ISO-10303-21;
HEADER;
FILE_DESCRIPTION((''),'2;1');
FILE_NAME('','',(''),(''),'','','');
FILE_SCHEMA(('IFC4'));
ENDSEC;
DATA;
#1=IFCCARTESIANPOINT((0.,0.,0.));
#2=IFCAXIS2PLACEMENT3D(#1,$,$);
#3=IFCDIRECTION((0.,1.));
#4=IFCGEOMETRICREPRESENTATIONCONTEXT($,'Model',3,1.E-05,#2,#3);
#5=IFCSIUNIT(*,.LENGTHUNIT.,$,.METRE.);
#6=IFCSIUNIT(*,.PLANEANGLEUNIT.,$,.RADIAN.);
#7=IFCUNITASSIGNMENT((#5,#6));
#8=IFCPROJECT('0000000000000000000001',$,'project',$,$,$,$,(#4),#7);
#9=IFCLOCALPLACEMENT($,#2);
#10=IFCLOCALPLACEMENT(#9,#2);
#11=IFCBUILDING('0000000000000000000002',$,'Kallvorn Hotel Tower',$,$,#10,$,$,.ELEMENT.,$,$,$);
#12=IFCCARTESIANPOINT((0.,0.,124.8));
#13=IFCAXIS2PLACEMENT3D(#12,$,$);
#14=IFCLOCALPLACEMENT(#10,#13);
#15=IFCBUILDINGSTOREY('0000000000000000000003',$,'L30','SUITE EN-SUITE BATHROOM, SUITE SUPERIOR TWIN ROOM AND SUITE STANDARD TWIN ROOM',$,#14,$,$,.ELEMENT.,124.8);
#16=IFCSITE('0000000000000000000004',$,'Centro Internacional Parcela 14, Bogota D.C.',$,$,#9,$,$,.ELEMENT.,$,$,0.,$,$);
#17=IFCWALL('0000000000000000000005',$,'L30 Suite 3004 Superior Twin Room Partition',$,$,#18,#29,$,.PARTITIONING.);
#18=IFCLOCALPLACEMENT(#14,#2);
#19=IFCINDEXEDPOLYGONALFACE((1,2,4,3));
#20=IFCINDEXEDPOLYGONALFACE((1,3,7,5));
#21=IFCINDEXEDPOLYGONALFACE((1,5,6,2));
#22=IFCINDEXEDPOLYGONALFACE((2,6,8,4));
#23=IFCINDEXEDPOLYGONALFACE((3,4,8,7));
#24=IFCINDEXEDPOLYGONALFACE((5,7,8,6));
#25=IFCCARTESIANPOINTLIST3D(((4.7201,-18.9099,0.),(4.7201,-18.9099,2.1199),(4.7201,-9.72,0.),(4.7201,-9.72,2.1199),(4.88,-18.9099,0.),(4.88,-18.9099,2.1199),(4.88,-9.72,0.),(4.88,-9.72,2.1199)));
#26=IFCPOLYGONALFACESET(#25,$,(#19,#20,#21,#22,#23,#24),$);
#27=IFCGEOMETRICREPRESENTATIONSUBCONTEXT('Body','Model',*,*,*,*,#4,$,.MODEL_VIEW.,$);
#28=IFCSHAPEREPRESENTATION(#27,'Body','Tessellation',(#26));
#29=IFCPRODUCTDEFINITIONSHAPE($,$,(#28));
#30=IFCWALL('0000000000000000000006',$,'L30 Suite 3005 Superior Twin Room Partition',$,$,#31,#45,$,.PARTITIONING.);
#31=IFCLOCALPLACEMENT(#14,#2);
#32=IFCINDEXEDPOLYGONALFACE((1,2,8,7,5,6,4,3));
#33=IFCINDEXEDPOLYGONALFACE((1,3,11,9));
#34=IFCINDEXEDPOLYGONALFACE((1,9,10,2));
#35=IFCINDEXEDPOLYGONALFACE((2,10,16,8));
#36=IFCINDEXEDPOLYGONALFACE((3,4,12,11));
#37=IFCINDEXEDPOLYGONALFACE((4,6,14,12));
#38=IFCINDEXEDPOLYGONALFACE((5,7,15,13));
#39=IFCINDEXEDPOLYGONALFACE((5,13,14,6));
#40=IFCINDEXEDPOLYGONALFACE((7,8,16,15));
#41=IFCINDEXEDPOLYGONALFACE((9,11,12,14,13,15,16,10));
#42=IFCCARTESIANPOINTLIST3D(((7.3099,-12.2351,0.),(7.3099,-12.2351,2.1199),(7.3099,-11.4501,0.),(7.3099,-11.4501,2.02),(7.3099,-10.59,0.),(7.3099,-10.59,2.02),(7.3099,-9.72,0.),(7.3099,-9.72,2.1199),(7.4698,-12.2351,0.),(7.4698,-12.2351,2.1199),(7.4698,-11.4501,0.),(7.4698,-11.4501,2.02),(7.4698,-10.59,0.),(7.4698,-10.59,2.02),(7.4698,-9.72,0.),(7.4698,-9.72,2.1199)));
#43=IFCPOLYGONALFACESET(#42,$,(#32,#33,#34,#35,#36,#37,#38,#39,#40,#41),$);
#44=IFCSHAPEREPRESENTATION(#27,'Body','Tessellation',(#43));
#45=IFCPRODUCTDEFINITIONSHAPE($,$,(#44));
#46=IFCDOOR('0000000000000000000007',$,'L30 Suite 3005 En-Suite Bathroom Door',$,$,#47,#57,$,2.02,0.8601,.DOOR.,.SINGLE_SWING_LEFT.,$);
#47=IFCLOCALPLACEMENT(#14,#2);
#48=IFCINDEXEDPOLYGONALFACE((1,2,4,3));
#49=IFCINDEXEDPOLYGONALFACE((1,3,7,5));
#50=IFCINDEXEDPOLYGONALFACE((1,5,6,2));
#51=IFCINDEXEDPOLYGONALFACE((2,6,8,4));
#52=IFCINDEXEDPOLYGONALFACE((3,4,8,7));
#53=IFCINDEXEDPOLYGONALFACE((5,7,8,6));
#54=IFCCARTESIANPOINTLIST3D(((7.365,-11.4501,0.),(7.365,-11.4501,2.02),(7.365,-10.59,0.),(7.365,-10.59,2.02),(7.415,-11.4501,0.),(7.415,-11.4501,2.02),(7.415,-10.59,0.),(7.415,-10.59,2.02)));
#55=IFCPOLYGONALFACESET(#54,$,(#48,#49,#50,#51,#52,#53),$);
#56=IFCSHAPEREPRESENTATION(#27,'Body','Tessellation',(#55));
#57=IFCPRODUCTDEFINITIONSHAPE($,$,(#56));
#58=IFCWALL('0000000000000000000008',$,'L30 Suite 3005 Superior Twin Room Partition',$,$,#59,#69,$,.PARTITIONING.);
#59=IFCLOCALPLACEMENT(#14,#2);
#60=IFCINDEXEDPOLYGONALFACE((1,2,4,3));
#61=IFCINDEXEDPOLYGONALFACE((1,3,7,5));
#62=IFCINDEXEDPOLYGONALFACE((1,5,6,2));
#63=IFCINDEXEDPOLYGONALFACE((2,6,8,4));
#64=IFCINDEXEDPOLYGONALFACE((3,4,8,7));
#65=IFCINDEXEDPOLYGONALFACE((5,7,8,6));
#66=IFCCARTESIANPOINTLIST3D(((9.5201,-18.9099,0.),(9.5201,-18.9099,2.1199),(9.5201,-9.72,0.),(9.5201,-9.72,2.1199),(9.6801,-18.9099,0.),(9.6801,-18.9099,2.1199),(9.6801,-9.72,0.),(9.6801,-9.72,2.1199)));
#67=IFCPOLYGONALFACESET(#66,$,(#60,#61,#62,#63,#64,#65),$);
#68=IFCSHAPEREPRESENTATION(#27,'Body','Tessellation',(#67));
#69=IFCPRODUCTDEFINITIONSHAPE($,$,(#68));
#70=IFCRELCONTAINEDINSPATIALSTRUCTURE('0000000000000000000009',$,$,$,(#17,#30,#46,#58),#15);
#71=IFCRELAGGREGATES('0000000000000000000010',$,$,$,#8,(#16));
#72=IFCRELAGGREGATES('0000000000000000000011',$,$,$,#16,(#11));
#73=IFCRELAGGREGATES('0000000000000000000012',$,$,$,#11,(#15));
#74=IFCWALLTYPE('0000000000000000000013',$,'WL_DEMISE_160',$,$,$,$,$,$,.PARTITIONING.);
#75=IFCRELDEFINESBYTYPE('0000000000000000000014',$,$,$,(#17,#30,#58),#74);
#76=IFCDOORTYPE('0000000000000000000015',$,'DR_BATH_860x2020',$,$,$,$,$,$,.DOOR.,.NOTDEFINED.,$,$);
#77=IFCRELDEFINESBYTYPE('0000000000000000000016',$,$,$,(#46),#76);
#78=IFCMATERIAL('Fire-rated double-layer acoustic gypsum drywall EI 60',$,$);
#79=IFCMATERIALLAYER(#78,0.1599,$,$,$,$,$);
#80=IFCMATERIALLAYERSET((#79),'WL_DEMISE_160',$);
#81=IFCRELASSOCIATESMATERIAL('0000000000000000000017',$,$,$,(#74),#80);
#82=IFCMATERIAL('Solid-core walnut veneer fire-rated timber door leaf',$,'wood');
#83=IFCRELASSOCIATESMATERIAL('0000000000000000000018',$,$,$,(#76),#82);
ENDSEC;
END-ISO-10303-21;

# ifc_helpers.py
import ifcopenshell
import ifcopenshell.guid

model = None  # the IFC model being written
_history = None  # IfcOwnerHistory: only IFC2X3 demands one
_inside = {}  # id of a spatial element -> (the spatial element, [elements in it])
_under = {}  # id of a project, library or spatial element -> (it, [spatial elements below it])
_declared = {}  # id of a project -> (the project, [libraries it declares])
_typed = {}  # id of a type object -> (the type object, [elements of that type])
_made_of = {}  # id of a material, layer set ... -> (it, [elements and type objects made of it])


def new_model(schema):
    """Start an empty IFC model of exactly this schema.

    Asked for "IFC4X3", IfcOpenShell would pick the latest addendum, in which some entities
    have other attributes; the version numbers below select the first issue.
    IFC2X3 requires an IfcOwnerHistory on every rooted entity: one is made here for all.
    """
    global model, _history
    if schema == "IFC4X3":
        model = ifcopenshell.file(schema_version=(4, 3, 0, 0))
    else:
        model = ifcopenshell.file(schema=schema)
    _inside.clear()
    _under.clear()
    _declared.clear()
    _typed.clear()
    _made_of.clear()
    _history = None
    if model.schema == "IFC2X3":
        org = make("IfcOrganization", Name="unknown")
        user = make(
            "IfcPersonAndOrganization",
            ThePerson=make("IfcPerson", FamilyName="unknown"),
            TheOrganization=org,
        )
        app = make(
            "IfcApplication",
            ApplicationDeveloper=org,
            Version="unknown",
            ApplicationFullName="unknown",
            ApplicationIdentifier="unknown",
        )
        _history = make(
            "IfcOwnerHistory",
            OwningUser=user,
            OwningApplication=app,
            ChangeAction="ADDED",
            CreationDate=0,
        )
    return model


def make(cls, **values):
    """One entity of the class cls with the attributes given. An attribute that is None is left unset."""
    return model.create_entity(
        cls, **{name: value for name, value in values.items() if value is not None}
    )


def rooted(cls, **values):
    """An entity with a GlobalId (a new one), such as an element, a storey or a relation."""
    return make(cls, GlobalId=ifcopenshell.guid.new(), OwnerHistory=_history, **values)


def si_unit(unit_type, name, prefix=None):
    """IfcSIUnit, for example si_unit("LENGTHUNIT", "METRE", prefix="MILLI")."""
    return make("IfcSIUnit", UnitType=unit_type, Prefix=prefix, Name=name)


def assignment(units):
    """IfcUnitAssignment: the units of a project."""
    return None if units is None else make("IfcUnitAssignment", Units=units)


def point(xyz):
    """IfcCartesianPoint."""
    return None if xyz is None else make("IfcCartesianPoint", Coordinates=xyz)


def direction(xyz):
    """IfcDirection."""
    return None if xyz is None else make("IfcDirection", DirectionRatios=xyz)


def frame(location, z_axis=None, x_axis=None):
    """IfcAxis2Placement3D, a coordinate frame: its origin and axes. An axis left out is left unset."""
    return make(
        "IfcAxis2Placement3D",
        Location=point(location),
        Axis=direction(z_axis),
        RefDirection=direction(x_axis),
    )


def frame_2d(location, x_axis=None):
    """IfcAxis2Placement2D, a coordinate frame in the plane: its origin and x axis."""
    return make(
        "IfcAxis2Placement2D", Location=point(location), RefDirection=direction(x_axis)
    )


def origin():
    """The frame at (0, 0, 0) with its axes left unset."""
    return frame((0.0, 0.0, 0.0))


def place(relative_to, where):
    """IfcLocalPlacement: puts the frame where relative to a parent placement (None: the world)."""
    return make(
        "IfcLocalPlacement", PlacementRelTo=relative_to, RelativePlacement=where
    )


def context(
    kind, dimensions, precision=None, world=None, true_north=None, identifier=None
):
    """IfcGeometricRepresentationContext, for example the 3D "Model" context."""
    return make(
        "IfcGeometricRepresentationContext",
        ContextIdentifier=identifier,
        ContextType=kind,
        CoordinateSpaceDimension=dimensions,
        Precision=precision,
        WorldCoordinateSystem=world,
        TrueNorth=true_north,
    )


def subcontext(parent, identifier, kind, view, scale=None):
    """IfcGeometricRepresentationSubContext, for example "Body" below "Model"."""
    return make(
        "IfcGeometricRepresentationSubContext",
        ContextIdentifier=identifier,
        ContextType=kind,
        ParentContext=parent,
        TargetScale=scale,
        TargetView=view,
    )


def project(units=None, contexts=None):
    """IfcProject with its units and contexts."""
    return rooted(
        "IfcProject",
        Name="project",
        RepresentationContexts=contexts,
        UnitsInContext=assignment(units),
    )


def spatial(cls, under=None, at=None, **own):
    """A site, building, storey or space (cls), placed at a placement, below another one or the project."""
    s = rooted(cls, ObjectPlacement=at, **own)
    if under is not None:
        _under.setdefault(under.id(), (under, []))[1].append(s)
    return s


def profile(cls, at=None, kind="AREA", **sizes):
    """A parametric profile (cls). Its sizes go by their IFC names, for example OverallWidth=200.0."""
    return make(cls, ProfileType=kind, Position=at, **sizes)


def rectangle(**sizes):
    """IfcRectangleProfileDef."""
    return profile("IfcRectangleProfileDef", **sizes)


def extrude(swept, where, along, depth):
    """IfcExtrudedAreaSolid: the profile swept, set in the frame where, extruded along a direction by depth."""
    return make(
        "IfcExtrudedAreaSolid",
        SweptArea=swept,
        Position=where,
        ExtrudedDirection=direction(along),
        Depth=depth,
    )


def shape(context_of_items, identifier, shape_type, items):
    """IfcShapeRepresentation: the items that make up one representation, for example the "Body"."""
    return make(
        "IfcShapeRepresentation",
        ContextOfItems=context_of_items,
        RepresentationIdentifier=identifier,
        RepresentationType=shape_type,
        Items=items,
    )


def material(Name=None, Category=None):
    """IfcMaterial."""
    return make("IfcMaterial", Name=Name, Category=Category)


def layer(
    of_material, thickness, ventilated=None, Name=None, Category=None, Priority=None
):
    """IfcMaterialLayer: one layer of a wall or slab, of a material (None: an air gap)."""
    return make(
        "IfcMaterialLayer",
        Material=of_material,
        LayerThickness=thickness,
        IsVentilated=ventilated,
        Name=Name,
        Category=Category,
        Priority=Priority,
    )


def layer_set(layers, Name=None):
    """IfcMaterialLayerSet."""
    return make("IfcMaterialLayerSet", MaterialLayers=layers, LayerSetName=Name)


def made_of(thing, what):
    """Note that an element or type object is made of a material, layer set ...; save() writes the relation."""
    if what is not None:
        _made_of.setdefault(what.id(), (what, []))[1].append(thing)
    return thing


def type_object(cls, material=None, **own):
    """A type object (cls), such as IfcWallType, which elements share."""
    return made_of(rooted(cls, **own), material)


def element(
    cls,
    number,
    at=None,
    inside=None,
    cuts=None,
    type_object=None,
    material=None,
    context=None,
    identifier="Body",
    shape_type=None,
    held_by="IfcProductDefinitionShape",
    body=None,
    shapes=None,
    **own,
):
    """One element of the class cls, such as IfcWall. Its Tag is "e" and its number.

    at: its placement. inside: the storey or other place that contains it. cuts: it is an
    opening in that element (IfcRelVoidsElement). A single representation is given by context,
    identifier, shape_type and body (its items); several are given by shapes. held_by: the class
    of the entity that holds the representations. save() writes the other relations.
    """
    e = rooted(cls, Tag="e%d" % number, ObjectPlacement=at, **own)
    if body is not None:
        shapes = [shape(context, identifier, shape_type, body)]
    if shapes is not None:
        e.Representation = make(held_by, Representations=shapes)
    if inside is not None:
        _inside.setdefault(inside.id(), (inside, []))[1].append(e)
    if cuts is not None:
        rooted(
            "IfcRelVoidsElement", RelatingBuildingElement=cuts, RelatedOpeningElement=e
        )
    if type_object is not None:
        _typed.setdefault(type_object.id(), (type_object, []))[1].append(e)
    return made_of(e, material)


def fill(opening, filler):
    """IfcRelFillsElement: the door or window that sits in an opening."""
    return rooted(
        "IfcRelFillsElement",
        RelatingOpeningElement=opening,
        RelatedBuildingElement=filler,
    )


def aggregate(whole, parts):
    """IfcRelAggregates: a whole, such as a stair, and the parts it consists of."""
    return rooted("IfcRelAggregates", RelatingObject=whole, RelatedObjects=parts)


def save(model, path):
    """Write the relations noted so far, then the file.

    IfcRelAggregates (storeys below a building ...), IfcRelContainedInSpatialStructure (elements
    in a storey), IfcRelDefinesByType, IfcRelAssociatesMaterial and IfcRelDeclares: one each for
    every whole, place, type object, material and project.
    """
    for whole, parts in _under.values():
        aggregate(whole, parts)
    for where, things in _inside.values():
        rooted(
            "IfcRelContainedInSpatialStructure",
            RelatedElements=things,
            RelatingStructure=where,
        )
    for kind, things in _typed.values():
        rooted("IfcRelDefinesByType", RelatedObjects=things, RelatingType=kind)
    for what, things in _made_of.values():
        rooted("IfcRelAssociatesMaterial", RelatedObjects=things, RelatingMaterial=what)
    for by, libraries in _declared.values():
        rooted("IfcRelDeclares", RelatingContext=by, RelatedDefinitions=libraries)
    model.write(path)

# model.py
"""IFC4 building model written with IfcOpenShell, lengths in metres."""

from ifc_helpers import new_model, si_unit, direction, frame, frame_2d, origin, place, context, subcontext, project, spatial, rectangle, extrude, material, layer, layer_set, type_object, element, fill, save


model = new_model("IFC4")

# Units and contexts
model_context = context("Model", 3, precision=1e-05, world=origin(), true_north=direction((0.0, 1.0)))
body_context = subcontext(model_context, "Body", "Model", "MODEL_VIEW")
ifc_project = project(units=[si_unit("LENGTHUNIT", "METRE"), si_unit("PLANEANGLEUNIT", "RADIAN")], contexts=[model_context])

# Site, building, storey
site_placement = place(None, origin())
site = spatial("IfcSite", under=ifc_project, at=site_placement, Name="Centro Internacional Parcela 14, Bogota D.C.", CompositionType="ELEMENT", RefElevation=0.0)
building_placement = place(site_placement, origin())
building = spatial("IfcBuilding", under=site, at=building_placement, Name="Kallvorn Hotel Tower", CompositionType="ELEMENT")
storey_placement = place(building_placement, frame((0.0, 0.0, 124.8)))
storey = spatial("IfcBuildingStorey", under=building, at=storey_placement, Name="L30", Description="SUITE EN-SUITE BATHROOM, SUITE SUPERIOR TWIN ROOM AND SUITE STANDARD TWIN ROOM", CompositionType="ELEMENT", Elevation=124.8)

# Wall
ifc_material_1 = material(Name="Fire-rated double-layer acoustic gypsum drywall EI 60")
ifc_layer = layer(ifc_material_1, 0.1599)
ifc_layer_set = layer_set([ifc_layer], Name="WL_DEMISE_160")
wall_type = type_object("IfcWallType", Name="WL_DEMISE_160", PredefinedType="PARTITIONING", material=ifc_layer_set)
wall_1_placement = place(storey_placement, frame((4.8, -18.9099, 0.0), z_axis=(0.0, 0.0, 1.0), x_axis=(0.0, 1.0, 0.0)))
element("IfcWall", 1, at=wall_1_placement, inside=storey, type_object=wall_type, Name="L30 Suite 3004 Superior Twin Room Partition", PredefinedType="PARTITIONING", context=body_context, shape_type="SweptSolid", body=[
    extrude(rectangle(XDim=9.1899, YDim=0.1599, at=frame_2d((4.595, 0.0))), origin(), (0.0, 0.0, 1.0), 2.1199),
])

# Wall, opening, door
wall_2_placement = place(storey_placement, frame((7.3899, -12.2351, 0.0), z_axis=(0.0, 0.0, 1.0), x_axis=(0.0, 1.0, 0.0)))
wall_2 = element("IfcWall", 2, at=wall_2_placement, inside=storey, type_object=wall_type, Name="L30 Suite 3005 Superior Twin Room Partition", PredefinedType="PARTITIONING", context=body_context, shape_type="SweptSolid", body=[
    extrude(rectangle(XDim=2.5151, YDim=0.1599, at=frame_2d((1.2576, 0.0))), origin(), (0.0, 0.0, 1.0), 2.1199),
])
opening_placement = place(wall_2_placement, frame((0.7849, 0.0, 0.0)))
opening = element("IfcOpeningElement", 3, at=opening_placement, cuts=wall_2, PredefinedType="OPENING", context=body_context, shape_type="SweptSolid", body=[
    extrude(rectangle(XDim=0.8601, YDim=2.02, at=frame_2d((0.4302, 1.01))), frame((0.0, 0.095, 0.0), z_axis=(0.0, -1.0, 0.0), x_axis=(1.0, 0.0, 0.0)), (0.0, 0.0, 1.0), 0.1899),
])
ifc_material_2 = material(Name="Solid-core walnut veneer fire-rated timber door leaf", Category="wood")
door_type = type_object("IfcDoorType", Name="DR_BATH_860x2020", OperationType="NOTDEFINED", PredefinedType="DOOR", material=ifc_material_2)
door_placement = place(opening_placement, origin())
door = element("IfcDoor", 4, at=door_placement, inside=storey, type_object=door_type, Name="L30 Suite 3005 En-Suite Bathroom Door", OperationType="SINGLE_SWING_LEFT", OverallHeight=2.02, OverallWidth=0.8601, PredefinedType="DOOR", context=body_context, shape_type="SweptSolid", body=[
    extrude(rectangle(XDim=0.8601, YDim=2.02, at=frame_2d((0.4302, 1.01))), frame((0.0, 0.0249, 0.0), z_axis=(0.0, -1.0, 0.0), x_axis=(1.0, 0.0, 0.0)), (0.0, 0.0, 1.0), 0.05),
])
fill(opening, door)

# Wall
wall_3_placement = place(storey_placement, frame((9.6001, -18.9099, 0.0), z_axis=(0.0, 0.0, 1.0), x_axis=(0.0, 1.0, 0.0)))
element("IfcWall", 5, at=wall_3_placement, inside=storey, type_object=wall_type, Name="L30 Suite 3005 Superior Twin Room Partition", PredefinedType="PARTITIONING", context=body_context, shape_type="SweptSolid", body=[
    extrude(rectangle(XDim=9.1899, YDim=0.1599, at=frame_2d((4.595, 0.0))), origin(), (0.0, 0.0, 1.0), 2.1199),
])

save(model, "model.ifc")
